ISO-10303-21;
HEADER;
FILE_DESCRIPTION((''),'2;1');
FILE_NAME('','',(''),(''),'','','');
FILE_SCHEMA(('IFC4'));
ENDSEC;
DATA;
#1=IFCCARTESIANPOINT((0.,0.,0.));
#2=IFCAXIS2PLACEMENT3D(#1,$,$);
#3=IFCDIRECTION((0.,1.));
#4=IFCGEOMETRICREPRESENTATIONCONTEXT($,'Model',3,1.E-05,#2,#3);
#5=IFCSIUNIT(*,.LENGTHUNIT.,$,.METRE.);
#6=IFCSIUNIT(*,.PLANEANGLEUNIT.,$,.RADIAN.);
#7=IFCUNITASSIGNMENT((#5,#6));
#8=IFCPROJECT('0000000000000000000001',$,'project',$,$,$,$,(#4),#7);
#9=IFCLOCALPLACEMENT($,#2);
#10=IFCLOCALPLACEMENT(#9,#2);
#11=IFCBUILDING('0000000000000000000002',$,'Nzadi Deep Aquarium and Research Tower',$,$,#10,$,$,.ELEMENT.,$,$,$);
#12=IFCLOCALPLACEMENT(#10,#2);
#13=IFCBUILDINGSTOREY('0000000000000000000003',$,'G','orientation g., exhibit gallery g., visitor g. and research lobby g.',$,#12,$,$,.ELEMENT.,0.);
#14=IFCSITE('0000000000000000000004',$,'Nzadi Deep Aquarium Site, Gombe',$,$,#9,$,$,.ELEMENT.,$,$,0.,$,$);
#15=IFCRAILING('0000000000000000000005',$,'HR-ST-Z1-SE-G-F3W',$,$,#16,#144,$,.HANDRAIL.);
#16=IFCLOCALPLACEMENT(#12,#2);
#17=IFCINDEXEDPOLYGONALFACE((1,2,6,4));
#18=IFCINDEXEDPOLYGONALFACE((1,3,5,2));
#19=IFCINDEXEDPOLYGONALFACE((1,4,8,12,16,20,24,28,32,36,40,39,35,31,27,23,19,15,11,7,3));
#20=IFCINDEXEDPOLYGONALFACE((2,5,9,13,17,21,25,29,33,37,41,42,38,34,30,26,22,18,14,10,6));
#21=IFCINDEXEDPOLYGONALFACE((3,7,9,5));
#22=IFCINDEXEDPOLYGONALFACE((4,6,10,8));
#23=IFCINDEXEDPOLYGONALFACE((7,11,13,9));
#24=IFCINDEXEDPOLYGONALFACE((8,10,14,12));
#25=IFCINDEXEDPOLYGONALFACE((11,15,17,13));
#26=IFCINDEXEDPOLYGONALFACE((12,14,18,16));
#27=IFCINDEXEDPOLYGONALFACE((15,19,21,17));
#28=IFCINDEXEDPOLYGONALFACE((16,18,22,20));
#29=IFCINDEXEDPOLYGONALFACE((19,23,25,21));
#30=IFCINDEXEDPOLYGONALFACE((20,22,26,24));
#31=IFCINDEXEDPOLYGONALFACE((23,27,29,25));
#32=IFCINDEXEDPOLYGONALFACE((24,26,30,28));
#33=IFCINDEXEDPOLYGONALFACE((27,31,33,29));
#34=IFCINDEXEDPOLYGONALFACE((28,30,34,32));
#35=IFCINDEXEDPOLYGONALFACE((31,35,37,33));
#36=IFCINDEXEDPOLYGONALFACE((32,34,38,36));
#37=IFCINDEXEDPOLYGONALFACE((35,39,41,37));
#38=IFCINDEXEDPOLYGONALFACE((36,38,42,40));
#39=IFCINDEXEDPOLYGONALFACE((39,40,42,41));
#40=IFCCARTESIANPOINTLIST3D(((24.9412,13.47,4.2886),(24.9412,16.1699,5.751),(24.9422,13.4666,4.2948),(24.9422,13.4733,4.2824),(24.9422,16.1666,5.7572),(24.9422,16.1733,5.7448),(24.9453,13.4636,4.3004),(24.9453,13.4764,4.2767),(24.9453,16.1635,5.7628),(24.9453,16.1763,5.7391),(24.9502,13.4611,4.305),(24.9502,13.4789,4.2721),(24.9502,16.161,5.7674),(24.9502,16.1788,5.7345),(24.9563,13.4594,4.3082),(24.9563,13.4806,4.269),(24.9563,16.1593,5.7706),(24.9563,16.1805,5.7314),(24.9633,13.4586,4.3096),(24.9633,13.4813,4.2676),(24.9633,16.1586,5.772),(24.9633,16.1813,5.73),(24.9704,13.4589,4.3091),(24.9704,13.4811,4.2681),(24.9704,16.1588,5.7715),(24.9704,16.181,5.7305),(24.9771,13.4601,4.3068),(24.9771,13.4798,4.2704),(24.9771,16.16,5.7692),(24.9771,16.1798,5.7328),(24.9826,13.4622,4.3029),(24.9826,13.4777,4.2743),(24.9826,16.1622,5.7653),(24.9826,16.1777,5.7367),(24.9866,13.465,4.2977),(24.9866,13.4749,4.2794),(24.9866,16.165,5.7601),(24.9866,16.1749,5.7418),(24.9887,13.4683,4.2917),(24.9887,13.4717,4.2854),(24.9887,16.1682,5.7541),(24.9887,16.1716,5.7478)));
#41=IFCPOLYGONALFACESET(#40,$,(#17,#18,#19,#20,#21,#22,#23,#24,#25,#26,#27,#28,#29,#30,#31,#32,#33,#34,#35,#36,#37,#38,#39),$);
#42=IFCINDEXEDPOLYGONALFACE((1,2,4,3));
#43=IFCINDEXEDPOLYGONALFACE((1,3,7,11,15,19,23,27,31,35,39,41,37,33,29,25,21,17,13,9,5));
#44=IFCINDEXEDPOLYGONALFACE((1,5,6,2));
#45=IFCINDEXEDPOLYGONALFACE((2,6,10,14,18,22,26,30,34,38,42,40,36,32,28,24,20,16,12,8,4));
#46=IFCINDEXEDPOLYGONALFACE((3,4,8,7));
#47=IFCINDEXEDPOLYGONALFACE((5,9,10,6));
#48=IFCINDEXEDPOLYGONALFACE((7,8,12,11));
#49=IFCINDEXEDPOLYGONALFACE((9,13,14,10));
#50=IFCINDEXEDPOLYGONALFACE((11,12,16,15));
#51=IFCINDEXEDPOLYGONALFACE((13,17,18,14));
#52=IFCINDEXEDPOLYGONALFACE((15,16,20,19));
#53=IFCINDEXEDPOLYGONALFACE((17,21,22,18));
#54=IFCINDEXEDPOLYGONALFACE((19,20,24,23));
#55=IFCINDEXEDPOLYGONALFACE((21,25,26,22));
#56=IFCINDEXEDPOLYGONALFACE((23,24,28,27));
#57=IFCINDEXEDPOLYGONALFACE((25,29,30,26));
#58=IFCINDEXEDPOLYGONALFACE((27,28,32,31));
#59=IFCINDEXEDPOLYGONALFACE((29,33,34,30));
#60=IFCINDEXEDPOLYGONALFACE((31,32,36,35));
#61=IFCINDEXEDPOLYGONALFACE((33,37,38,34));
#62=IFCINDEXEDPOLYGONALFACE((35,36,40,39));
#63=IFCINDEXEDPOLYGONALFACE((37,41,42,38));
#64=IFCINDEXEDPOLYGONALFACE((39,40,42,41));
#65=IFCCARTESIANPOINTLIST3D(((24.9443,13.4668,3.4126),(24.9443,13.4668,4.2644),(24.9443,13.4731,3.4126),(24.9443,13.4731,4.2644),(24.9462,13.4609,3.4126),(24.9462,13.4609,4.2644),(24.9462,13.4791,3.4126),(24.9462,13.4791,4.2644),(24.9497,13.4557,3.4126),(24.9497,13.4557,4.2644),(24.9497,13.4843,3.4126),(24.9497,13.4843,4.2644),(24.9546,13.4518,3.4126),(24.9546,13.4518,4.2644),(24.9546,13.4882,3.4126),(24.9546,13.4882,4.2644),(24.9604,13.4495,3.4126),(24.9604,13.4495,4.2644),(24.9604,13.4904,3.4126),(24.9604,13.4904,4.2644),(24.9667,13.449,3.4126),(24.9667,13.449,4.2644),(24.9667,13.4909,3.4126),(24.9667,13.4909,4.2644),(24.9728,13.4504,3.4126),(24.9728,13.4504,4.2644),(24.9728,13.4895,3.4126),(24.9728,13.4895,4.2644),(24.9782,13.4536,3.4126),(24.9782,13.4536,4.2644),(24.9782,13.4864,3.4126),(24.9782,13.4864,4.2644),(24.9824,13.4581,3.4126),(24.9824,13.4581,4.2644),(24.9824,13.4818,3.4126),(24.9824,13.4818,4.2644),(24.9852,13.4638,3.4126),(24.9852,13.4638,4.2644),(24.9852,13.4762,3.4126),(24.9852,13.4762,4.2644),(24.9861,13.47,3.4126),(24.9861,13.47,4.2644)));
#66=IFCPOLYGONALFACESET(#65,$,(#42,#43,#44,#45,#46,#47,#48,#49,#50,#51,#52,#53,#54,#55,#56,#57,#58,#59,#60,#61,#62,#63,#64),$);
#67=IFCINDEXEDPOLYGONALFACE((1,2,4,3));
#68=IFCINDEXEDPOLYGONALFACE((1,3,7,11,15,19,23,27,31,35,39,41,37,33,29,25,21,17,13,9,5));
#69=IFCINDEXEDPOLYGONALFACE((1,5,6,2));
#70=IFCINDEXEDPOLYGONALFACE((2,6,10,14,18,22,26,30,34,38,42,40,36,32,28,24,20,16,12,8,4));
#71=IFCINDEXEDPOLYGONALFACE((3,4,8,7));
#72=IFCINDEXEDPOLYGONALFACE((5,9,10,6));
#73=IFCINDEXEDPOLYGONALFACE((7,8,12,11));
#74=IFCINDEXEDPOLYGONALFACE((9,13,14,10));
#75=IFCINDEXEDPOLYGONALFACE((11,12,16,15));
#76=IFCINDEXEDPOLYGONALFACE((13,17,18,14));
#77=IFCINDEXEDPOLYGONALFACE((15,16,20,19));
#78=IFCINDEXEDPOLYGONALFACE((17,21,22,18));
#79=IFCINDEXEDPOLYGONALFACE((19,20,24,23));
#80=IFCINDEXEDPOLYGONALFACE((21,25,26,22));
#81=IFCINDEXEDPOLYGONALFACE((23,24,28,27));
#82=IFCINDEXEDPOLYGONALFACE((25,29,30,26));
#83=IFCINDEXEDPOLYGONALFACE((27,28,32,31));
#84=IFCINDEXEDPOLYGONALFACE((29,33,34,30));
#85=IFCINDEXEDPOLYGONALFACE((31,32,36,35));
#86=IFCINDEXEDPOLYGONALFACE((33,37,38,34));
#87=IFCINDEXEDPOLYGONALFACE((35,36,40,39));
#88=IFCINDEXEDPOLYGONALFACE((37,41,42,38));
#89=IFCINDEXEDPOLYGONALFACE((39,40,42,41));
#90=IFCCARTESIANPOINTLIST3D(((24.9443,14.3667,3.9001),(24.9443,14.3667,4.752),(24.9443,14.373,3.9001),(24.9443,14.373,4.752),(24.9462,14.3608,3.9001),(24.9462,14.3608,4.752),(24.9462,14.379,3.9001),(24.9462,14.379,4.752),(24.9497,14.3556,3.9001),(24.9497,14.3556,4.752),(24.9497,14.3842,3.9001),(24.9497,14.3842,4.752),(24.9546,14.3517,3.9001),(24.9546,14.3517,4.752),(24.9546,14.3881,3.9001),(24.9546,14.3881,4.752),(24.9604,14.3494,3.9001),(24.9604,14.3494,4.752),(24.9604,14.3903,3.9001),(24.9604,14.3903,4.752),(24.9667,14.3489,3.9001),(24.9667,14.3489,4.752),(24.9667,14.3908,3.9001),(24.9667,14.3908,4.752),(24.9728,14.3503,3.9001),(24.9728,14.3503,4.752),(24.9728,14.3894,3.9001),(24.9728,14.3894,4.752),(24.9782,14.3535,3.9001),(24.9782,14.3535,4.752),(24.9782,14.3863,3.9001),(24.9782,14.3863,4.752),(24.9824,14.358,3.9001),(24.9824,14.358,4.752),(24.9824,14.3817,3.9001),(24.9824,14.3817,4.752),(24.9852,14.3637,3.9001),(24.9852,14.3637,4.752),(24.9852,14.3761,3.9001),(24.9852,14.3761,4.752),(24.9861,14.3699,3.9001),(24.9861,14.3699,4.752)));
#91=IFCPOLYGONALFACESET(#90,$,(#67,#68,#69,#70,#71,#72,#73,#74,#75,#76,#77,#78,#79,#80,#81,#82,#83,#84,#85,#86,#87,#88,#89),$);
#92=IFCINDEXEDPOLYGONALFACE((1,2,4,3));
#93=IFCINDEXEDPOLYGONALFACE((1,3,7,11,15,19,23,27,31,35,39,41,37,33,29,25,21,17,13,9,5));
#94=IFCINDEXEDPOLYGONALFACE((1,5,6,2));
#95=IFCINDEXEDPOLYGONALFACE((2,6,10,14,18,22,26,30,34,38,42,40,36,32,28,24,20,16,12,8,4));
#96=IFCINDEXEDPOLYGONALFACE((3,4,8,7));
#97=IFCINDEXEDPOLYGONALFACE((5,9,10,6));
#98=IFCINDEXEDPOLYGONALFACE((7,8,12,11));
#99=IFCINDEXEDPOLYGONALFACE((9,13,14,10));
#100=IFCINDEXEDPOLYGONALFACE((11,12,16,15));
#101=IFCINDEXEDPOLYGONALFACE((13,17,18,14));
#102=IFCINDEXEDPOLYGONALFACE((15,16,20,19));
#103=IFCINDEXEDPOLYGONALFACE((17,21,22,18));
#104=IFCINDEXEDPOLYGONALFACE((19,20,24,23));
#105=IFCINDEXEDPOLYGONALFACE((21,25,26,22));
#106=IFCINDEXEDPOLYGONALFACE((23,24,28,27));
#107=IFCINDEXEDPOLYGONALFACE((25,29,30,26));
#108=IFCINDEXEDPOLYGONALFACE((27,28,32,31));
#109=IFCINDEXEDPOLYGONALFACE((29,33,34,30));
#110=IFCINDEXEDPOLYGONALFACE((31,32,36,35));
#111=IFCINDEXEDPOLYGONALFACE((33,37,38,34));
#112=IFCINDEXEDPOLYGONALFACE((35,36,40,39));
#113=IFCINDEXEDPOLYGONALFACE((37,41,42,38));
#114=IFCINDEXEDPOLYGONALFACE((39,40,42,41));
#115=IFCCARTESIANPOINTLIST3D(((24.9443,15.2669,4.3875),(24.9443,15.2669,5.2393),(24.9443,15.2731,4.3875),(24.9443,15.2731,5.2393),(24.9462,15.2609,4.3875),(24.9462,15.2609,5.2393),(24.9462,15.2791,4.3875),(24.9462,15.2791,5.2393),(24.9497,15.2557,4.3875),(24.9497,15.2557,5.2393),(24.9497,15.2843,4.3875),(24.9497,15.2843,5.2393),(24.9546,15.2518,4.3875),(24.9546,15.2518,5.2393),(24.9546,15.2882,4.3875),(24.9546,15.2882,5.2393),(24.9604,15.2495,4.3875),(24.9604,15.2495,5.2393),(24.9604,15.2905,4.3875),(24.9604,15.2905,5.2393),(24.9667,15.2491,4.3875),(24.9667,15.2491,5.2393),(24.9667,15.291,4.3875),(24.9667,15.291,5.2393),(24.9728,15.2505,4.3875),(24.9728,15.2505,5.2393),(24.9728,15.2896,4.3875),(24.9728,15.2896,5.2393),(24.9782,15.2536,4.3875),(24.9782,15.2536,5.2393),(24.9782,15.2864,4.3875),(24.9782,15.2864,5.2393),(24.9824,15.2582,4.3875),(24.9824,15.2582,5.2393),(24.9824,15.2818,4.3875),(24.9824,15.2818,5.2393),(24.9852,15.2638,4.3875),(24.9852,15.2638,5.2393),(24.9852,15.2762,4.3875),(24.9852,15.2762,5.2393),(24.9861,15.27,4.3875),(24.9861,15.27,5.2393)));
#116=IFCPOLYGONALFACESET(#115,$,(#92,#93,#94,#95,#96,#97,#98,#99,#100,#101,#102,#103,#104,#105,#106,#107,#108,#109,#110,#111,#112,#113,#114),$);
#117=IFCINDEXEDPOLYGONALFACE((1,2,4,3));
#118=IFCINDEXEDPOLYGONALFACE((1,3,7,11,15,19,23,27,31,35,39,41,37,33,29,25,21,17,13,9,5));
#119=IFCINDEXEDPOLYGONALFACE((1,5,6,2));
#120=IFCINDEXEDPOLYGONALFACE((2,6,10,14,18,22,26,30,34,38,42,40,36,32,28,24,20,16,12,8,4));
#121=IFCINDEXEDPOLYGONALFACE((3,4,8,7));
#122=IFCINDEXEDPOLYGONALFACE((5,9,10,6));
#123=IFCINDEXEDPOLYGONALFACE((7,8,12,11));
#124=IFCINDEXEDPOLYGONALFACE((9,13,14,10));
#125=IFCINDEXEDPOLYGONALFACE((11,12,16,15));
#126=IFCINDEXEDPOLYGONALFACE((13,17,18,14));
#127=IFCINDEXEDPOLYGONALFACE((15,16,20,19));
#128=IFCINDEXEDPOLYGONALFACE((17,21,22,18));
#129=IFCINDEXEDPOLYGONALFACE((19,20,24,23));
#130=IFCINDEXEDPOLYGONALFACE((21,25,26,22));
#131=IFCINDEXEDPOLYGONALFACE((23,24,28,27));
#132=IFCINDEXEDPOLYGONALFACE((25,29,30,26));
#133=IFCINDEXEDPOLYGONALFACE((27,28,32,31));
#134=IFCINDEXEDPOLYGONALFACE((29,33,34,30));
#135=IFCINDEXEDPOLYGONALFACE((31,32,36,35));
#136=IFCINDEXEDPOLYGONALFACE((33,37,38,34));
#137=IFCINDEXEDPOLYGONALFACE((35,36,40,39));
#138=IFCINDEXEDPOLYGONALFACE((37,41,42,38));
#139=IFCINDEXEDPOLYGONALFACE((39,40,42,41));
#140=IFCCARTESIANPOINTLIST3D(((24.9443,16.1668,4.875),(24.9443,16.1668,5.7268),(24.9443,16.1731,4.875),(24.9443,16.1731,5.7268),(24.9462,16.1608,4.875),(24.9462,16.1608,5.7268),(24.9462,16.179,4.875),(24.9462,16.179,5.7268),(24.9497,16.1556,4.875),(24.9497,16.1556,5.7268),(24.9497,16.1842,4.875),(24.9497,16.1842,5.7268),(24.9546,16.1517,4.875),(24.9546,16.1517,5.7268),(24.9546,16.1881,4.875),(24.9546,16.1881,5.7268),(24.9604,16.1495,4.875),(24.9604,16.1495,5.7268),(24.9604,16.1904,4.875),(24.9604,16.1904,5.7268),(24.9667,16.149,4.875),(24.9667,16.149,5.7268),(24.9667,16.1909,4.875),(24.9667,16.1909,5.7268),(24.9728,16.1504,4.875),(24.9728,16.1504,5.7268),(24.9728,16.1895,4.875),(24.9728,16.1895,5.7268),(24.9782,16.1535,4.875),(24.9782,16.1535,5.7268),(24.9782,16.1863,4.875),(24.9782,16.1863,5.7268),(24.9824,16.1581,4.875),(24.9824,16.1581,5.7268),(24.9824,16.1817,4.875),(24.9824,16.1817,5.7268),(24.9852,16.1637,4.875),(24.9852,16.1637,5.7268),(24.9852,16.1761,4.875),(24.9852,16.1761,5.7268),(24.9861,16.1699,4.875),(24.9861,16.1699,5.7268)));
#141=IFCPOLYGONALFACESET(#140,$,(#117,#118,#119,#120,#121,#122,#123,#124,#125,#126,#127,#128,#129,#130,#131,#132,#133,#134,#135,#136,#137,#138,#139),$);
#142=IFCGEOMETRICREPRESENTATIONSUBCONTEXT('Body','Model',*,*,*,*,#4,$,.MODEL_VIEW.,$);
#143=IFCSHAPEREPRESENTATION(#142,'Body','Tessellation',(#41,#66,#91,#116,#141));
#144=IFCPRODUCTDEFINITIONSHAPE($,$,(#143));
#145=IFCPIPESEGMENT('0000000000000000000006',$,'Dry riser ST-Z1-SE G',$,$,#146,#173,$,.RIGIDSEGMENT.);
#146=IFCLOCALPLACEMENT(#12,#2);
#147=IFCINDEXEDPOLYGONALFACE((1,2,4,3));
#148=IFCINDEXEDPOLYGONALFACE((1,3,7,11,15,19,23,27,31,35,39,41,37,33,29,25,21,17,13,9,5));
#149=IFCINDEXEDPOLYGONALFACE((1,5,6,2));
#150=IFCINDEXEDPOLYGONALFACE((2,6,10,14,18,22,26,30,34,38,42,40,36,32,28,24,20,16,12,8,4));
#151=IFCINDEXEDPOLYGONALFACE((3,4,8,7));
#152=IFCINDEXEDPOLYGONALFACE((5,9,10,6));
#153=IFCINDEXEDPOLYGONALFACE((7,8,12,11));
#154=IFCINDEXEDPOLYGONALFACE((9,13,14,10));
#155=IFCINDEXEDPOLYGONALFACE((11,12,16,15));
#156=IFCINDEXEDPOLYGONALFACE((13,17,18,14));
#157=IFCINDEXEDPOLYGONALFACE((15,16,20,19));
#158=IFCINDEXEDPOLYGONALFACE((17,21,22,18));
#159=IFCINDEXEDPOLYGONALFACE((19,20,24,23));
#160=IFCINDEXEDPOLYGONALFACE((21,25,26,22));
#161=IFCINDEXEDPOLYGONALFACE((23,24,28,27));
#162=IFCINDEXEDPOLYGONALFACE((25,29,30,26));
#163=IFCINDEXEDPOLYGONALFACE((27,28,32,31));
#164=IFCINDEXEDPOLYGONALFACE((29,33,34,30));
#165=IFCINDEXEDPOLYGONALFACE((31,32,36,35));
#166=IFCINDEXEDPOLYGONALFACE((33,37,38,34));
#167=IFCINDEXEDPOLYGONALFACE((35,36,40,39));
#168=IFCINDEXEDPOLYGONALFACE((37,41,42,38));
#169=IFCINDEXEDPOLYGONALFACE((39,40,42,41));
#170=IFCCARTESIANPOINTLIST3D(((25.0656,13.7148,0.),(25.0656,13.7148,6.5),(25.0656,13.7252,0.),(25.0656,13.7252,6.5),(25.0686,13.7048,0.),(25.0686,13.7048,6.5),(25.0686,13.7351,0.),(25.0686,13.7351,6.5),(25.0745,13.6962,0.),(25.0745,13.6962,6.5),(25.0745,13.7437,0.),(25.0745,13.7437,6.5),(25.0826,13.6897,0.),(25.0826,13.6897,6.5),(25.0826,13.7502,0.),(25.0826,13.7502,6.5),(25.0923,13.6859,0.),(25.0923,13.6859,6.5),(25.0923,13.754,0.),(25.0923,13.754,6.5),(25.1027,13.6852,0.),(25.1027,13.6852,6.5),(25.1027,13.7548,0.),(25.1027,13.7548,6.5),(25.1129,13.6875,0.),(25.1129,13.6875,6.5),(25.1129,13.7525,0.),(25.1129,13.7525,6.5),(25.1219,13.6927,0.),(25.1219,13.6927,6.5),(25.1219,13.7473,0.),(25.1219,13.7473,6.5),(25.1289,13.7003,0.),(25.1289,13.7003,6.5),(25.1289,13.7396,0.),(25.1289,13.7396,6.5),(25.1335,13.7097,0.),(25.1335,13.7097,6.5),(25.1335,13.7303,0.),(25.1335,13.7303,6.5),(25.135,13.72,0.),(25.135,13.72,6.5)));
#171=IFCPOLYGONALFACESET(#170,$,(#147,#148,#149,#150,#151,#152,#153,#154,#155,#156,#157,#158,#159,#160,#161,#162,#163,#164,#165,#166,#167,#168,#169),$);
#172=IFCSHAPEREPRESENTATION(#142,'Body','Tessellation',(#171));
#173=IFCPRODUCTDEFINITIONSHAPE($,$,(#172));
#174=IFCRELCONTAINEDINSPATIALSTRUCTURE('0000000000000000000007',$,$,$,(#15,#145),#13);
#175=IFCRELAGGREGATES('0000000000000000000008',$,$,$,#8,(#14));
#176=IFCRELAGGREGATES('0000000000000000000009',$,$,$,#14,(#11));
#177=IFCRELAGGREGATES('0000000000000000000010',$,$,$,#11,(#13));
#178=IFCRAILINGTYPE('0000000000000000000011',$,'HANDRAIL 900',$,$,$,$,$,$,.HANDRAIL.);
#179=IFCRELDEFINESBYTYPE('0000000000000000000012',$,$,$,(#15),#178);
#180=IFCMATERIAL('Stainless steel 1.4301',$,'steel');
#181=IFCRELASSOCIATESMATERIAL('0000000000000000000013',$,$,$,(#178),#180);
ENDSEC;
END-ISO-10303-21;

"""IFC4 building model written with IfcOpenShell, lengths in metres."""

from ifc_helpers import new_model, si_unit, direction, frame, origin, origin_2d, place, context, subcontext, project, spatial, circle, extrude, material, type_object, element, save


model = new_model("IFC4")

# Units and contexts
model_context = context("Model", 3, precision=1e-05, world=origin(), true_north=direction((0.0, 1.0)))
body_context = subcontext(model_context, "Body", "Model", "MODEL_VIEW")
ifc_project = project(units=[si_unit("LENGTHUNIT", "METRE"), si_unit("PLANEANGLEUNIT", "RADIAN")], contexts=[model_context])

# Site, building, storey
site_placement = place(None, origin())
site = spatial("IfcSite", under=ifc_project, at=site_placement, Name="Nzadi Deep Aquarium Site, Gombe", CompositionType="ELEMENT", RefElevation=0.0)
building_placement = place(site_placement, origin())
building = spatial("IfcBuilding", under=site, at=building_placement, Name="Nzadi Deep Aquarium and Research Tower", CompositionType="ELEMENT")
storey_placement = place(building_placement, origin())
storey = spatial("IfcBuildingStorey", under=building, at=storey_placement, Name="G", Description="orientation g., exhibit gallery g., visitor g. and research lobby g.", CompositionType="ELEMENT", Elevation=0.0)

# Railing
ifc_material_1 = material(Name="Stainless steel 1.4301", Category="steel")
railing_type = type_object("IfcRailingType", Name="HANDRAIL 900", PredefinedType="HANDRAIL", material=ifc_material_1)
for number, where, name in (
    (1, (24.9651, 13.47, 3.4126), "HR-ST-Z1-SE-G-F3W"),
):
    element("IfcRailing", number, at=place(storey_placement, frame(where)), inside=storey, type_object=railing_type, Name=name, PredefinedType="HANDRAIL", context=body_context, shape_type="SweptSolid", body=[
        extrude(circle(Radius=0.0239, at=origin_2d()), frame((0.0, 0.0, 0.876), z_axis=(0.0, 0.879302, 0.476265), x_axis=(-1.0, 0.0, 0.0)), (0.0, 0.0, 1.0), 3.0706),
        extrude(circle(Radius=0.021, at=origin_2d()), origin(), (0.0, 0.0, 1.0), 0.8518),
        extrude(circle(Radius=0.021, at=origin_2d()), frame((0.0, 0.8999, 0.4875)), (0.0, 0.0, 1.0), 0.8518),
        extrude(circle(Radius=0.021, at=origin_2d()), frame((0.0, 1.8, 0.9749)), (0.0, 0.0, 1.0), 0.8518),
        extrude(circle(Radius=0.021, at=origin_2d()), frame((0.0, 2.7, 1.4624)), (0.0, 0.0, 1.0), 0.8518),
    ])

# Pipe segment
pipe_segment_placement = place(storey_placement, frame((25.1001, 13.72, 0.0), z_axis=(0.0, 0.0, 1.0), x_axis=(1.0, 0.0, 0.0)))
element("IfcPipeSegment", 2, at=pipe_segment_placement, inside=storey, Name="Dry riser ST-Z1-SE G", PredefinedType="RIGIDSEGMENT", context=body_context, shape_type="SweptSolid", body=[
    extrude(circle(Radius=0.0349, at=origin_2d()), origin(), (0.0, 0.0, 1.0), 6.5),
])

save(model, "model.ifc")
